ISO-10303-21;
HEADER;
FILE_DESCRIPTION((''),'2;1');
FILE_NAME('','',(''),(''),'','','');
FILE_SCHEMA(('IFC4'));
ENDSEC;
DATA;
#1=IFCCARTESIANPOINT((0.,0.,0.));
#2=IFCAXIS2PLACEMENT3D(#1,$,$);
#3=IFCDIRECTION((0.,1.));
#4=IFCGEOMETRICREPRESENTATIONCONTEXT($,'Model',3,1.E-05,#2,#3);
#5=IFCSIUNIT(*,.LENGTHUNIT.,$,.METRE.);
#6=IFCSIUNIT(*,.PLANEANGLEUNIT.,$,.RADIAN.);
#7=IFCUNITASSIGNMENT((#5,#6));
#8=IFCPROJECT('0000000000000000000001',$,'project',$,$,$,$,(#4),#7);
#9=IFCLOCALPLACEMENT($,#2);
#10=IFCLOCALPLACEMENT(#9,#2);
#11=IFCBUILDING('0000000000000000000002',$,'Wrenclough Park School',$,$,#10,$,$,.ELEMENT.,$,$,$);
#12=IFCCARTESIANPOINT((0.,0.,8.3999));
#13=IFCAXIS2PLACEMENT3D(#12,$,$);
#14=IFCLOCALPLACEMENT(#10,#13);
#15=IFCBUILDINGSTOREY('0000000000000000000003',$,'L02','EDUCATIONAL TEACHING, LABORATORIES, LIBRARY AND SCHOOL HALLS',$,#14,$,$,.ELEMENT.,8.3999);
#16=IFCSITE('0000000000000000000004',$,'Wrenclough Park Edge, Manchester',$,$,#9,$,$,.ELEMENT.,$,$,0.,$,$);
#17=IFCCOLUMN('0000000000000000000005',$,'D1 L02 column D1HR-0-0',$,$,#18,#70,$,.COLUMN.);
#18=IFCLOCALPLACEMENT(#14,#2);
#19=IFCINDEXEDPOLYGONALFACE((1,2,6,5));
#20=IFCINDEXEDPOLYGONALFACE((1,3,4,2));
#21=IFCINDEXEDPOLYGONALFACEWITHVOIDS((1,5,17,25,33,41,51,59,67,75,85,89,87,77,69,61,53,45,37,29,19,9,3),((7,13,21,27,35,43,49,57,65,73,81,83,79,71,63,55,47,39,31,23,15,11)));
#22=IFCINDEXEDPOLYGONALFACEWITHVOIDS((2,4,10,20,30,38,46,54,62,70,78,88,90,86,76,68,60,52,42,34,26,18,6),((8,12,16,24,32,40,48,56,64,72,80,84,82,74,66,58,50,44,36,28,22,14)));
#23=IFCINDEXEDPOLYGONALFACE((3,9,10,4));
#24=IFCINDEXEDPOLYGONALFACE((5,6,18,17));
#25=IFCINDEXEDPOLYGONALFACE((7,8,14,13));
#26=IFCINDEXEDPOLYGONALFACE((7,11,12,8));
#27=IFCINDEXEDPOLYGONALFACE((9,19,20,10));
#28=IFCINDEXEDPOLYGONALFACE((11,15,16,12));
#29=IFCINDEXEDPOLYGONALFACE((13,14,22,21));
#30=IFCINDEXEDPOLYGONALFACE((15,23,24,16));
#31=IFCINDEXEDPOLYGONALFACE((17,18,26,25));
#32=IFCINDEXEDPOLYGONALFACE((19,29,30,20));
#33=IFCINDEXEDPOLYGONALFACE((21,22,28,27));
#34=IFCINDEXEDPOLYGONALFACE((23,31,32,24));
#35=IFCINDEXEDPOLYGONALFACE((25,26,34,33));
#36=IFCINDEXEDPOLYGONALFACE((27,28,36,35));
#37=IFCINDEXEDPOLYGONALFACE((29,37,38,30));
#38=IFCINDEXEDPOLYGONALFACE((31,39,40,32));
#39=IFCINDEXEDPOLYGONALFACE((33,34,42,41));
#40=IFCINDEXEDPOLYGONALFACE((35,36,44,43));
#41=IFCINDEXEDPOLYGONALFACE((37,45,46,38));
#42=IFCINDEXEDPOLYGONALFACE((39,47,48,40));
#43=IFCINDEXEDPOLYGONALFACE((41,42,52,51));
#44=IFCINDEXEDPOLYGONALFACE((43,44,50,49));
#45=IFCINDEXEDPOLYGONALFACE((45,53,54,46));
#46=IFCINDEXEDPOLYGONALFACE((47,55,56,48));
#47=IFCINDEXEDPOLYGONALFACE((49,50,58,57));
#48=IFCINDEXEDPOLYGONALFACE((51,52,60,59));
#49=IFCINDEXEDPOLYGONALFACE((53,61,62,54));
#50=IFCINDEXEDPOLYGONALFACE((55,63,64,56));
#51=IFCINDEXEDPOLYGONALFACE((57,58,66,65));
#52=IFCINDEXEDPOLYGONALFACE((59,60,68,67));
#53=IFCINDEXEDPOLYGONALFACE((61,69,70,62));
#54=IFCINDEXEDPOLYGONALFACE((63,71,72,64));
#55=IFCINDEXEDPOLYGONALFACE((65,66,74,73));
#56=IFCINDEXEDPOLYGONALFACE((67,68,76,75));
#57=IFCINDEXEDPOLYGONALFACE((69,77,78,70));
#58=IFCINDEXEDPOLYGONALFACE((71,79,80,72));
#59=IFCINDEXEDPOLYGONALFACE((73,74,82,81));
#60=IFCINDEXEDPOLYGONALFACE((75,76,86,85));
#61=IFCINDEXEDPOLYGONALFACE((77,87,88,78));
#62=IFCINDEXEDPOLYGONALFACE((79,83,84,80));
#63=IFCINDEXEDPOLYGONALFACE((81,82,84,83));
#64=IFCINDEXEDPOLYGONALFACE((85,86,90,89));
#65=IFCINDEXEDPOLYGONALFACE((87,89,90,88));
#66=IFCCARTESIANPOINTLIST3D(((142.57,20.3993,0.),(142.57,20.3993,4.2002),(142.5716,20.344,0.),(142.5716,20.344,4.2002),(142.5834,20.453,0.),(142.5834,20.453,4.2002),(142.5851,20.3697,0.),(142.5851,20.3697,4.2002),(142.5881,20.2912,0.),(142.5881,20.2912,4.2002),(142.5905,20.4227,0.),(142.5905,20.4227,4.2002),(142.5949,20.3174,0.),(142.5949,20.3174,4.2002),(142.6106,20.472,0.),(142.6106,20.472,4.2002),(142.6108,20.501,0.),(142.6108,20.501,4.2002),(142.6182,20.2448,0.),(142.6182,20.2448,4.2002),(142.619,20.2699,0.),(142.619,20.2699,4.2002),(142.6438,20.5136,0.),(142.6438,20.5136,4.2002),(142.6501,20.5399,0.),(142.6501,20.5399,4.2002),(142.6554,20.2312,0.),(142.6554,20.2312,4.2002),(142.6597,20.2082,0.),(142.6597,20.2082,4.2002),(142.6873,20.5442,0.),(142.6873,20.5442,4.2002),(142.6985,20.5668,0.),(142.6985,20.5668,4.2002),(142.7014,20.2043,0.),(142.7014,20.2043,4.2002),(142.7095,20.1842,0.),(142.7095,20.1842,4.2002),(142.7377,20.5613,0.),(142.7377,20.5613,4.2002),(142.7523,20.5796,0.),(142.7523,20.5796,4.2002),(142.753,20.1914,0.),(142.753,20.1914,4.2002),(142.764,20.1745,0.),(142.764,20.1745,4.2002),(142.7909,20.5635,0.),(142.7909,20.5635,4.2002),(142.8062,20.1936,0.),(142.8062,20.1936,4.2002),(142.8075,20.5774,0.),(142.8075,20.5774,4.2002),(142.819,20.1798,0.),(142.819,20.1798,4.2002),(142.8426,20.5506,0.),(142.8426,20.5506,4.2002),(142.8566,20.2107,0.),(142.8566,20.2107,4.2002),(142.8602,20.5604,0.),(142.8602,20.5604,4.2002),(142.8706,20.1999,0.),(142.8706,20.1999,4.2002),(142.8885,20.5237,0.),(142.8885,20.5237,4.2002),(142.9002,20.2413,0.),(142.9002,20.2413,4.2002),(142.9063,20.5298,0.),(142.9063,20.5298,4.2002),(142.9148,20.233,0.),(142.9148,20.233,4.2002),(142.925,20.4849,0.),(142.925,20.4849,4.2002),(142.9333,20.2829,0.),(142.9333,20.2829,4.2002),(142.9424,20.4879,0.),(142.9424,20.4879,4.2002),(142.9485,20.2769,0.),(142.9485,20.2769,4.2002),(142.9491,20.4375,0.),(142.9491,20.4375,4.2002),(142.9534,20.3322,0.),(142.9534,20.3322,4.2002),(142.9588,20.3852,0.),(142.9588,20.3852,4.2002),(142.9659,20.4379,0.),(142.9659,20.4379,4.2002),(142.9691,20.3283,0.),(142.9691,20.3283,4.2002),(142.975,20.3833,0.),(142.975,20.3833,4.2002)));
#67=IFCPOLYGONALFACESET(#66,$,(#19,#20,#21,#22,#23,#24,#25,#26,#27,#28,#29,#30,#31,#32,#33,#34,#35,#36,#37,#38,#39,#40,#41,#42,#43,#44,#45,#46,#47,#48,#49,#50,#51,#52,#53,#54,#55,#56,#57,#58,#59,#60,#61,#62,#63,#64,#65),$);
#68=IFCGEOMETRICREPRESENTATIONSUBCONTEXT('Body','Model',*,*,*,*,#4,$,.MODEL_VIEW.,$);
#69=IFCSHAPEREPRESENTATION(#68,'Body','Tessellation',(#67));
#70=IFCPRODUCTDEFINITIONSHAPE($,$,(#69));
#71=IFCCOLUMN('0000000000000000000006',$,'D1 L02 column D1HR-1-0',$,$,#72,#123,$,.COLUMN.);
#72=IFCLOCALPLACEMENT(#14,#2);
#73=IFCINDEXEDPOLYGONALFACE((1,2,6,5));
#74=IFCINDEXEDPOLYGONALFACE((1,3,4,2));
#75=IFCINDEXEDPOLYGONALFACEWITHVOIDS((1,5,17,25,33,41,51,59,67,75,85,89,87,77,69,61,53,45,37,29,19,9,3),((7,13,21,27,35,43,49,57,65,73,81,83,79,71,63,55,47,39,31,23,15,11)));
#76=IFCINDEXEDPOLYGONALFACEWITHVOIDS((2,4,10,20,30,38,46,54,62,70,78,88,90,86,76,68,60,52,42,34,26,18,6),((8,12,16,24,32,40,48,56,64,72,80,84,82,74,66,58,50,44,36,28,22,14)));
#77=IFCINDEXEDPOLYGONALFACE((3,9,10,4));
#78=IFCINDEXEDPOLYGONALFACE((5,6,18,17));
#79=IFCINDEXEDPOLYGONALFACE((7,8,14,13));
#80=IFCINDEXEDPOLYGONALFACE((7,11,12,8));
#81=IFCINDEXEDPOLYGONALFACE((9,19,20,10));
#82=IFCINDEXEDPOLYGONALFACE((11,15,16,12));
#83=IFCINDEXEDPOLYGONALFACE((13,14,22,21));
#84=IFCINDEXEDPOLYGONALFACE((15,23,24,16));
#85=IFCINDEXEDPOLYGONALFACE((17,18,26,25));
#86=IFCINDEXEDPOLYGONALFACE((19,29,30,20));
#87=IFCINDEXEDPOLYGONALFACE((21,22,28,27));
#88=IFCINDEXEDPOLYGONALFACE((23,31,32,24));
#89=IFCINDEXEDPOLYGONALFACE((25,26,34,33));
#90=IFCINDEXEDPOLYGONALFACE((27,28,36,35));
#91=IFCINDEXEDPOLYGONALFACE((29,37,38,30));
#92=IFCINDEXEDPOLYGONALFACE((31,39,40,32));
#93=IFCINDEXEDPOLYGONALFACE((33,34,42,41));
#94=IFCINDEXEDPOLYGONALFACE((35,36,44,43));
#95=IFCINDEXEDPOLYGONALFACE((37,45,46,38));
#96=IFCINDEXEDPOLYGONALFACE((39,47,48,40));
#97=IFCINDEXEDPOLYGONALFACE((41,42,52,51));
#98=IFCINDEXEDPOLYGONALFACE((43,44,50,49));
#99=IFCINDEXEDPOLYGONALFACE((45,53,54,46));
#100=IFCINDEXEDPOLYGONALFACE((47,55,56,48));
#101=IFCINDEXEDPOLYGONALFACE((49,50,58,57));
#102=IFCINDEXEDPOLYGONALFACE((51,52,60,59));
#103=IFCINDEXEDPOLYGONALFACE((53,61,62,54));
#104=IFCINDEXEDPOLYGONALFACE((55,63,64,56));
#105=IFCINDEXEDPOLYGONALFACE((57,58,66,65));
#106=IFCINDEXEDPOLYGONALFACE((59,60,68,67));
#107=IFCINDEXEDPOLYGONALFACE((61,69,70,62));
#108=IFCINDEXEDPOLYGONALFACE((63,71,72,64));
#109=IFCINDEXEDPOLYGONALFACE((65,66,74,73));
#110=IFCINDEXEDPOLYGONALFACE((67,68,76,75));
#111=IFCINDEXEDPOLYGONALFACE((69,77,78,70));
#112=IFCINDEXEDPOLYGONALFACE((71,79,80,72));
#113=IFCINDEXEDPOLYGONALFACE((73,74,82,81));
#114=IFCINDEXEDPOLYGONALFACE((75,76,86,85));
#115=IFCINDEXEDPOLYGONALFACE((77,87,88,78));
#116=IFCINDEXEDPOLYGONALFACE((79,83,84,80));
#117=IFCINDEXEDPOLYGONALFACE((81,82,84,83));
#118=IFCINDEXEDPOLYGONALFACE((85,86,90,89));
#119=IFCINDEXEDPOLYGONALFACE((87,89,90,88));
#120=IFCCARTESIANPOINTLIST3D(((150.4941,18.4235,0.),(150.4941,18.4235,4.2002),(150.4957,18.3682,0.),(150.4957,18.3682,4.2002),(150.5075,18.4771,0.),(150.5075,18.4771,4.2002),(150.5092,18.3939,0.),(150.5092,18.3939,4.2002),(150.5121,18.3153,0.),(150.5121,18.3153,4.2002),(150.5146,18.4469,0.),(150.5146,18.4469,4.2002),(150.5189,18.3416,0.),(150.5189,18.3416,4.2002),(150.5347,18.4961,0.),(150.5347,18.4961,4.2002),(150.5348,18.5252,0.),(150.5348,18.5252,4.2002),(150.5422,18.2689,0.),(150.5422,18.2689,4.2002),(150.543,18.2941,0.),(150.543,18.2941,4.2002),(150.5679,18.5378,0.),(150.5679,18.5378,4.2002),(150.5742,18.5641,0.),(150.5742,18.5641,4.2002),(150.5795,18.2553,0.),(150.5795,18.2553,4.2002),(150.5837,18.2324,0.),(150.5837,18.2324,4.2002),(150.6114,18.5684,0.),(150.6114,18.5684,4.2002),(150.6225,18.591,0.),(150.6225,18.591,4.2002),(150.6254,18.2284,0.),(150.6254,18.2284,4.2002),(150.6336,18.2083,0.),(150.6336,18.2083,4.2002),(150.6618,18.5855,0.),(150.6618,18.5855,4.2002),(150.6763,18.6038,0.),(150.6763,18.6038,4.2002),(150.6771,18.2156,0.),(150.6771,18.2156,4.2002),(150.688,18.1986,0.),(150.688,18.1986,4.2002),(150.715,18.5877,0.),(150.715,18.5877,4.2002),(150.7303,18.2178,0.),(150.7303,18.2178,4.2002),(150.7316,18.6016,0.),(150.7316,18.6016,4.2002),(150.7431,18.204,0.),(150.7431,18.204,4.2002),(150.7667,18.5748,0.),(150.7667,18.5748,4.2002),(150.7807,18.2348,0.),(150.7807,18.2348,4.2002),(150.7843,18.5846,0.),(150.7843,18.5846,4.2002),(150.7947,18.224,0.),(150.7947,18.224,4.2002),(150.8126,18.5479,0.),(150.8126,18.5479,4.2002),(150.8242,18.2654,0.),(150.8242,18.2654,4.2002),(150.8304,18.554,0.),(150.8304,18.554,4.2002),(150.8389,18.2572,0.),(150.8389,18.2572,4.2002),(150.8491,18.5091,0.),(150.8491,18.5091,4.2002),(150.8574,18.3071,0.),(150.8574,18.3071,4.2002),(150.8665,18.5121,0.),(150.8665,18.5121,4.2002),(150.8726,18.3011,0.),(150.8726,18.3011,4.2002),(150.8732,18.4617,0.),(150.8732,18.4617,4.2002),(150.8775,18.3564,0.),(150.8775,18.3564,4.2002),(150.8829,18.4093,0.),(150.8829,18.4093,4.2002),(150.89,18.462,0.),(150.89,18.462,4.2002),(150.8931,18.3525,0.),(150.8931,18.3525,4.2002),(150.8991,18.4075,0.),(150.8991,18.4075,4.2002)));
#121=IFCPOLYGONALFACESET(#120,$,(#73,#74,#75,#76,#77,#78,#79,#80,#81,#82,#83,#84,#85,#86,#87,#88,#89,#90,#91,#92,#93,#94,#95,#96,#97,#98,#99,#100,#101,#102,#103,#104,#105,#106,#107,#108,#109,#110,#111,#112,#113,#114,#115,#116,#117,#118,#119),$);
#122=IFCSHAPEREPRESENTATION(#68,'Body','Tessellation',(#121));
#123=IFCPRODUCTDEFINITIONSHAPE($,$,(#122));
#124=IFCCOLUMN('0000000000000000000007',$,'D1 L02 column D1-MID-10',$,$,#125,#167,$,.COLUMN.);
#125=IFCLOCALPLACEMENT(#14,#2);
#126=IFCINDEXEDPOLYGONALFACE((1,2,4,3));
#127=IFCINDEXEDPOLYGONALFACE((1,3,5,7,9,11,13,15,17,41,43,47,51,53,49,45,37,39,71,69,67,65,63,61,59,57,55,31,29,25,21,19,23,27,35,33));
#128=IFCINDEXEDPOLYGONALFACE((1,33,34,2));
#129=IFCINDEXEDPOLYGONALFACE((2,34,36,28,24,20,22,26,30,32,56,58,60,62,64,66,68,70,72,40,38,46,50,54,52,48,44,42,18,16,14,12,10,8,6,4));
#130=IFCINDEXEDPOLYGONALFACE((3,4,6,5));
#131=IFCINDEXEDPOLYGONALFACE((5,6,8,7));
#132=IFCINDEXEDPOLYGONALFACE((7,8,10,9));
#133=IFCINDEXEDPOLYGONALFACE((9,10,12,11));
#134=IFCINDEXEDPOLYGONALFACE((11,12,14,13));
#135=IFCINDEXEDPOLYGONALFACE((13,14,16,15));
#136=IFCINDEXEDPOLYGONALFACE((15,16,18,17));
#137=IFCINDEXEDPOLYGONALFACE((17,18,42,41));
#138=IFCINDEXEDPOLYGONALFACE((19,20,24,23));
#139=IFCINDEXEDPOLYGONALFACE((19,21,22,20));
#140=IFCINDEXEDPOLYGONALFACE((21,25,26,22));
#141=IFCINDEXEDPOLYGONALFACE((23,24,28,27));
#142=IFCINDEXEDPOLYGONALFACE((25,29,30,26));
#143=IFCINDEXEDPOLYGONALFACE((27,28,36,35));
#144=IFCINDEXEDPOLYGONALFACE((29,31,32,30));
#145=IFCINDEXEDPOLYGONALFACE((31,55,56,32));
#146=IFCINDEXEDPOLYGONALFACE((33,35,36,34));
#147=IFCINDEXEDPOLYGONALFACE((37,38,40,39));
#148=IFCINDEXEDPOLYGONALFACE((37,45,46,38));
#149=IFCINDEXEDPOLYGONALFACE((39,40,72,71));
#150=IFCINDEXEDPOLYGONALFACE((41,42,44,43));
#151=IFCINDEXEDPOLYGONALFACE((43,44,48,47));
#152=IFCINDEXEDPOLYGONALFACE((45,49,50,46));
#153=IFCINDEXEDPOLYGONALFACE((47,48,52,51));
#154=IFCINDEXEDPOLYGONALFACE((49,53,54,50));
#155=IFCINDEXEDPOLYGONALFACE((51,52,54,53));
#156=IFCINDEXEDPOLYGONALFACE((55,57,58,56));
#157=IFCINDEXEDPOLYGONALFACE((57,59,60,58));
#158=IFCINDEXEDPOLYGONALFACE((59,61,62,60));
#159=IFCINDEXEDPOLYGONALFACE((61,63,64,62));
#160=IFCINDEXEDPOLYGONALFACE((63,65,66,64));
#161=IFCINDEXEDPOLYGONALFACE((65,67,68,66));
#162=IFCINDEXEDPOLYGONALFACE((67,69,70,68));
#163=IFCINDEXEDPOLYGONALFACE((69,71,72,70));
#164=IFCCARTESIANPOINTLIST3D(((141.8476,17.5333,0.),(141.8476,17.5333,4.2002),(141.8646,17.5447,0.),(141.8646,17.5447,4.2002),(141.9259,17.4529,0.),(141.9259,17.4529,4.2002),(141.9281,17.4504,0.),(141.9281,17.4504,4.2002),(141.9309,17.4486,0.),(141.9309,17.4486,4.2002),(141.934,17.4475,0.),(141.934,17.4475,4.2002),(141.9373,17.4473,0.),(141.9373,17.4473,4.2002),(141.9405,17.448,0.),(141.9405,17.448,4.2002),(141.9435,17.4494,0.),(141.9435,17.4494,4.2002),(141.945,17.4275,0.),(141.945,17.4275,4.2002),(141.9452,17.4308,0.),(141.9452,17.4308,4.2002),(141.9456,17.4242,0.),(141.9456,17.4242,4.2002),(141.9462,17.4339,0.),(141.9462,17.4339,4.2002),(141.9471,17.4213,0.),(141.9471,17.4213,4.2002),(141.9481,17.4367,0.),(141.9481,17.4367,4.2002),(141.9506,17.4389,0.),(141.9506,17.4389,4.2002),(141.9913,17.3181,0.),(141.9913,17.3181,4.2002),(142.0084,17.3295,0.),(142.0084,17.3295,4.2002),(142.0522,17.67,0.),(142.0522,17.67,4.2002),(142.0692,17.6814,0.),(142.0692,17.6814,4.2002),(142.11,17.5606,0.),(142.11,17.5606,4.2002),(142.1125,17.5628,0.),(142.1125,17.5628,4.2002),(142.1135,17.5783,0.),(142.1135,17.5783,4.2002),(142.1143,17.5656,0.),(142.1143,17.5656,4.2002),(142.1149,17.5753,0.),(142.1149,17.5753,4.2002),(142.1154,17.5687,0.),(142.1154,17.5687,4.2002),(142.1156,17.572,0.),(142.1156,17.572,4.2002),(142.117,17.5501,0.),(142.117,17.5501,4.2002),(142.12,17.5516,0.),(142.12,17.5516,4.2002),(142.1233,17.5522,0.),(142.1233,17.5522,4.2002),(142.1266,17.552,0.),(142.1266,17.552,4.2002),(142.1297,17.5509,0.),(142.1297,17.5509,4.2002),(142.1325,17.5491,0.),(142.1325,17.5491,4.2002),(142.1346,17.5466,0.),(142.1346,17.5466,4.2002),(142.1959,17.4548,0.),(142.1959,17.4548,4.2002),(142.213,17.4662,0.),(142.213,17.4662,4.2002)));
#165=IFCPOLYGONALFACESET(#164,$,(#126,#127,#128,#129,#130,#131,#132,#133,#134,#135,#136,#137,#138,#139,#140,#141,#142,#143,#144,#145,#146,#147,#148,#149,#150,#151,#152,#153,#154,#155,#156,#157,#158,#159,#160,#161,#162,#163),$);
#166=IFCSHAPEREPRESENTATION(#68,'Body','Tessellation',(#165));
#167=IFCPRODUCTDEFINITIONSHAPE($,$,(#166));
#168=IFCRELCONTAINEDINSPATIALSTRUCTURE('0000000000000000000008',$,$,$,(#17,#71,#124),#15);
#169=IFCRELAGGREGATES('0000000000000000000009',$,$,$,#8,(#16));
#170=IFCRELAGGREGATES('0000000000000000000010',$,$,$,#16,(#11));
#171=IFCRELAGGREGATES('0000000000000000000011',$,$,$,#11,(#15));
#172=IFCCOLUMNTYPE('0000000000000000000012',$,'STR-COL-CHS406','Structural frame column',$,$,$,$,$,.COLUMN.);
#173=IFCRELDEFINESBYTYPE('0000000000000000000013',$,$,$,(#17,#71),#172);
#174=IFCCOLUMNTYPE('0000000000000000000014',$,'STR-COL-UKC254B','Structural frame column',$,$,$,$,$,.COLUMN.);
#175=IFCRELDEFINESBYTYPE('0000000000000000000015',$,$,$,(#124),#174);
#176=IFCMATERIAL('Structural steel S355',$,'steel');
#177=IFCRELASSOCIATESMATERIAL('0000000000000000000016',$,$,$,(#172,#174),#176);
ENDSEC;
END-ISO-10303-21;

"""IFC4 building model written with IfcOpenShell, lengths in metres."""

from ifc_helpers import new_model, si_unit, direction, frame, origin, origin_2d, place, context, subcontext, project, spatial, hollow_circle, i_section, extrude, material, material_profile, profile_set, type_object, element, save


model = new_model("IFC4")

# Units and contexts
model_context = context("Model", 3, precision=1e-05, world=origin(), true_north=direction((0.0, 1.0)))
body_context = subcontext(model_context, "Body", "Model", "MODEL_VIEW")
ifc_project = project(units=[si_unit("LENGTHUNIT", "METRE"), si_unit("PLANEANGLEUNIT", "RADIAN")], contexts=[model_context])

# Site, building, storey
site_placement = place(None, origin())
site = spatial("IfcSite", under=ifc_project, at=site_placement, Name="Wrenclough Park Edge, Manchester", CompositionType="ELEMENT", RefElevation=0.0)
building_placement = place(site_placement, origin())
building = spatial("IfcBuilding", under=site, at=building_placement, Name="Wrenclough Park School", CompositionType="ELEMENT")
storey_placement = place(building_placement, frame((0.0, 0.0, 8.3999)))
storey = spatial("IfcBuildingStorey", under=building, at=storey_placement, Name="L02", Description="EDUCATIONAL TEACHING, LABORATORIES, LIBRARY AND SCHOOL HALLS", CompositionType="ELEMENT", Elevation=8.3999)

# Columns
ifc_material_1 = material(Name="Structural steel S355", Category="steel")
ifc_material_profile_1 = material_profile(ifc_material_1, hollow_circle(Radius=0.2031, WallThickness=0.0161, at=origin_2d()), Name="CHS 406.4x16.0")
ifc_profile_set_1 = profile_set([ifc_material_profile_1], Name="Structural steel S355")
column_type_1 = type_object("IfcColumnType", Name="STR-COL-CHS406", Description="Structural frame column", PredefinedType="COLUMN", material=ifc_profile_set_1)
for number, where, z_axis, x_axis, name in (
    (1, (142.772, 20.3774, 0.0), (0.0, 0.0, 1.0), (0.970296, -0.241922, 0.0), "D1 L02 column D1HR-0-0"),
    (2, (150.696, 18.4016, 0.0), (0.0, 0.0, 1.0), (0.970296, -0.241922, 0.0), "D1 L02 column D1HR-1-0"),
):
    element("IfcColumn", number, at=place(storey_placement, frame(where, z_axis=z_axis, x_axis=x_axis)), inside=storey, type_object=column_type_1, Name=name, PredefinedType="COLUMN", context=body_context, shape_type="SweptSolid", body=[
        extrude(hollow_circle(Radius=0.2031, WallThickness=0.0161, at=origin_2d()), origin(), (0.0, 0.0, 1.0), 4.2002),
    ])
ifc_material_profile_2 = material_profile(ifc_material_1, i_section(OverallWidth=0.2588, OverallDepth=0.2666, WebThickness=0.0127, FlangeThickness=0.0205, FilletRadius=0.0127, at=origin_2d()), Name="UKC 254x254x107")
ifc_profile_set_2 = profile_set([ifc_material_profile_2], Name="Structural steel S355")
column_type_2 = type_object("IfcColumnType", Name="STR-COL-UKC254B", Description="Structural frame column", PredefinedType="COLUMN", material=ifc_profile_set_2)
for number, where, z_axis, x_axis, name in (
    (3, (142.0303, 17.4998, 0.0), (0.0, 0.0, 1.0), (0.55557, -0.83147, 0.0), "D1 L02 column D1-MID-10"),
):
    element("IfcColumn", number, at=place(storey_placement, frame(where, z_axis=z_axis, x_axis=x_axis)), inside=storey, type_object=column_type_2, Name=name, PredefinedType="COLUMN", context=body_context, shape_type="SweptSolid", body=[
        extrude(i_section(OverallWidth=0.2588, OverallDepth=0.2666, WebThickness=0.0127, FlangeThickness=0.0205, FilletRadius=0.0127, at=origin_2d()), origin(), (0.0, 0.0, 1.0), 4.2002),
    ])

save(model, "model.ifc")
